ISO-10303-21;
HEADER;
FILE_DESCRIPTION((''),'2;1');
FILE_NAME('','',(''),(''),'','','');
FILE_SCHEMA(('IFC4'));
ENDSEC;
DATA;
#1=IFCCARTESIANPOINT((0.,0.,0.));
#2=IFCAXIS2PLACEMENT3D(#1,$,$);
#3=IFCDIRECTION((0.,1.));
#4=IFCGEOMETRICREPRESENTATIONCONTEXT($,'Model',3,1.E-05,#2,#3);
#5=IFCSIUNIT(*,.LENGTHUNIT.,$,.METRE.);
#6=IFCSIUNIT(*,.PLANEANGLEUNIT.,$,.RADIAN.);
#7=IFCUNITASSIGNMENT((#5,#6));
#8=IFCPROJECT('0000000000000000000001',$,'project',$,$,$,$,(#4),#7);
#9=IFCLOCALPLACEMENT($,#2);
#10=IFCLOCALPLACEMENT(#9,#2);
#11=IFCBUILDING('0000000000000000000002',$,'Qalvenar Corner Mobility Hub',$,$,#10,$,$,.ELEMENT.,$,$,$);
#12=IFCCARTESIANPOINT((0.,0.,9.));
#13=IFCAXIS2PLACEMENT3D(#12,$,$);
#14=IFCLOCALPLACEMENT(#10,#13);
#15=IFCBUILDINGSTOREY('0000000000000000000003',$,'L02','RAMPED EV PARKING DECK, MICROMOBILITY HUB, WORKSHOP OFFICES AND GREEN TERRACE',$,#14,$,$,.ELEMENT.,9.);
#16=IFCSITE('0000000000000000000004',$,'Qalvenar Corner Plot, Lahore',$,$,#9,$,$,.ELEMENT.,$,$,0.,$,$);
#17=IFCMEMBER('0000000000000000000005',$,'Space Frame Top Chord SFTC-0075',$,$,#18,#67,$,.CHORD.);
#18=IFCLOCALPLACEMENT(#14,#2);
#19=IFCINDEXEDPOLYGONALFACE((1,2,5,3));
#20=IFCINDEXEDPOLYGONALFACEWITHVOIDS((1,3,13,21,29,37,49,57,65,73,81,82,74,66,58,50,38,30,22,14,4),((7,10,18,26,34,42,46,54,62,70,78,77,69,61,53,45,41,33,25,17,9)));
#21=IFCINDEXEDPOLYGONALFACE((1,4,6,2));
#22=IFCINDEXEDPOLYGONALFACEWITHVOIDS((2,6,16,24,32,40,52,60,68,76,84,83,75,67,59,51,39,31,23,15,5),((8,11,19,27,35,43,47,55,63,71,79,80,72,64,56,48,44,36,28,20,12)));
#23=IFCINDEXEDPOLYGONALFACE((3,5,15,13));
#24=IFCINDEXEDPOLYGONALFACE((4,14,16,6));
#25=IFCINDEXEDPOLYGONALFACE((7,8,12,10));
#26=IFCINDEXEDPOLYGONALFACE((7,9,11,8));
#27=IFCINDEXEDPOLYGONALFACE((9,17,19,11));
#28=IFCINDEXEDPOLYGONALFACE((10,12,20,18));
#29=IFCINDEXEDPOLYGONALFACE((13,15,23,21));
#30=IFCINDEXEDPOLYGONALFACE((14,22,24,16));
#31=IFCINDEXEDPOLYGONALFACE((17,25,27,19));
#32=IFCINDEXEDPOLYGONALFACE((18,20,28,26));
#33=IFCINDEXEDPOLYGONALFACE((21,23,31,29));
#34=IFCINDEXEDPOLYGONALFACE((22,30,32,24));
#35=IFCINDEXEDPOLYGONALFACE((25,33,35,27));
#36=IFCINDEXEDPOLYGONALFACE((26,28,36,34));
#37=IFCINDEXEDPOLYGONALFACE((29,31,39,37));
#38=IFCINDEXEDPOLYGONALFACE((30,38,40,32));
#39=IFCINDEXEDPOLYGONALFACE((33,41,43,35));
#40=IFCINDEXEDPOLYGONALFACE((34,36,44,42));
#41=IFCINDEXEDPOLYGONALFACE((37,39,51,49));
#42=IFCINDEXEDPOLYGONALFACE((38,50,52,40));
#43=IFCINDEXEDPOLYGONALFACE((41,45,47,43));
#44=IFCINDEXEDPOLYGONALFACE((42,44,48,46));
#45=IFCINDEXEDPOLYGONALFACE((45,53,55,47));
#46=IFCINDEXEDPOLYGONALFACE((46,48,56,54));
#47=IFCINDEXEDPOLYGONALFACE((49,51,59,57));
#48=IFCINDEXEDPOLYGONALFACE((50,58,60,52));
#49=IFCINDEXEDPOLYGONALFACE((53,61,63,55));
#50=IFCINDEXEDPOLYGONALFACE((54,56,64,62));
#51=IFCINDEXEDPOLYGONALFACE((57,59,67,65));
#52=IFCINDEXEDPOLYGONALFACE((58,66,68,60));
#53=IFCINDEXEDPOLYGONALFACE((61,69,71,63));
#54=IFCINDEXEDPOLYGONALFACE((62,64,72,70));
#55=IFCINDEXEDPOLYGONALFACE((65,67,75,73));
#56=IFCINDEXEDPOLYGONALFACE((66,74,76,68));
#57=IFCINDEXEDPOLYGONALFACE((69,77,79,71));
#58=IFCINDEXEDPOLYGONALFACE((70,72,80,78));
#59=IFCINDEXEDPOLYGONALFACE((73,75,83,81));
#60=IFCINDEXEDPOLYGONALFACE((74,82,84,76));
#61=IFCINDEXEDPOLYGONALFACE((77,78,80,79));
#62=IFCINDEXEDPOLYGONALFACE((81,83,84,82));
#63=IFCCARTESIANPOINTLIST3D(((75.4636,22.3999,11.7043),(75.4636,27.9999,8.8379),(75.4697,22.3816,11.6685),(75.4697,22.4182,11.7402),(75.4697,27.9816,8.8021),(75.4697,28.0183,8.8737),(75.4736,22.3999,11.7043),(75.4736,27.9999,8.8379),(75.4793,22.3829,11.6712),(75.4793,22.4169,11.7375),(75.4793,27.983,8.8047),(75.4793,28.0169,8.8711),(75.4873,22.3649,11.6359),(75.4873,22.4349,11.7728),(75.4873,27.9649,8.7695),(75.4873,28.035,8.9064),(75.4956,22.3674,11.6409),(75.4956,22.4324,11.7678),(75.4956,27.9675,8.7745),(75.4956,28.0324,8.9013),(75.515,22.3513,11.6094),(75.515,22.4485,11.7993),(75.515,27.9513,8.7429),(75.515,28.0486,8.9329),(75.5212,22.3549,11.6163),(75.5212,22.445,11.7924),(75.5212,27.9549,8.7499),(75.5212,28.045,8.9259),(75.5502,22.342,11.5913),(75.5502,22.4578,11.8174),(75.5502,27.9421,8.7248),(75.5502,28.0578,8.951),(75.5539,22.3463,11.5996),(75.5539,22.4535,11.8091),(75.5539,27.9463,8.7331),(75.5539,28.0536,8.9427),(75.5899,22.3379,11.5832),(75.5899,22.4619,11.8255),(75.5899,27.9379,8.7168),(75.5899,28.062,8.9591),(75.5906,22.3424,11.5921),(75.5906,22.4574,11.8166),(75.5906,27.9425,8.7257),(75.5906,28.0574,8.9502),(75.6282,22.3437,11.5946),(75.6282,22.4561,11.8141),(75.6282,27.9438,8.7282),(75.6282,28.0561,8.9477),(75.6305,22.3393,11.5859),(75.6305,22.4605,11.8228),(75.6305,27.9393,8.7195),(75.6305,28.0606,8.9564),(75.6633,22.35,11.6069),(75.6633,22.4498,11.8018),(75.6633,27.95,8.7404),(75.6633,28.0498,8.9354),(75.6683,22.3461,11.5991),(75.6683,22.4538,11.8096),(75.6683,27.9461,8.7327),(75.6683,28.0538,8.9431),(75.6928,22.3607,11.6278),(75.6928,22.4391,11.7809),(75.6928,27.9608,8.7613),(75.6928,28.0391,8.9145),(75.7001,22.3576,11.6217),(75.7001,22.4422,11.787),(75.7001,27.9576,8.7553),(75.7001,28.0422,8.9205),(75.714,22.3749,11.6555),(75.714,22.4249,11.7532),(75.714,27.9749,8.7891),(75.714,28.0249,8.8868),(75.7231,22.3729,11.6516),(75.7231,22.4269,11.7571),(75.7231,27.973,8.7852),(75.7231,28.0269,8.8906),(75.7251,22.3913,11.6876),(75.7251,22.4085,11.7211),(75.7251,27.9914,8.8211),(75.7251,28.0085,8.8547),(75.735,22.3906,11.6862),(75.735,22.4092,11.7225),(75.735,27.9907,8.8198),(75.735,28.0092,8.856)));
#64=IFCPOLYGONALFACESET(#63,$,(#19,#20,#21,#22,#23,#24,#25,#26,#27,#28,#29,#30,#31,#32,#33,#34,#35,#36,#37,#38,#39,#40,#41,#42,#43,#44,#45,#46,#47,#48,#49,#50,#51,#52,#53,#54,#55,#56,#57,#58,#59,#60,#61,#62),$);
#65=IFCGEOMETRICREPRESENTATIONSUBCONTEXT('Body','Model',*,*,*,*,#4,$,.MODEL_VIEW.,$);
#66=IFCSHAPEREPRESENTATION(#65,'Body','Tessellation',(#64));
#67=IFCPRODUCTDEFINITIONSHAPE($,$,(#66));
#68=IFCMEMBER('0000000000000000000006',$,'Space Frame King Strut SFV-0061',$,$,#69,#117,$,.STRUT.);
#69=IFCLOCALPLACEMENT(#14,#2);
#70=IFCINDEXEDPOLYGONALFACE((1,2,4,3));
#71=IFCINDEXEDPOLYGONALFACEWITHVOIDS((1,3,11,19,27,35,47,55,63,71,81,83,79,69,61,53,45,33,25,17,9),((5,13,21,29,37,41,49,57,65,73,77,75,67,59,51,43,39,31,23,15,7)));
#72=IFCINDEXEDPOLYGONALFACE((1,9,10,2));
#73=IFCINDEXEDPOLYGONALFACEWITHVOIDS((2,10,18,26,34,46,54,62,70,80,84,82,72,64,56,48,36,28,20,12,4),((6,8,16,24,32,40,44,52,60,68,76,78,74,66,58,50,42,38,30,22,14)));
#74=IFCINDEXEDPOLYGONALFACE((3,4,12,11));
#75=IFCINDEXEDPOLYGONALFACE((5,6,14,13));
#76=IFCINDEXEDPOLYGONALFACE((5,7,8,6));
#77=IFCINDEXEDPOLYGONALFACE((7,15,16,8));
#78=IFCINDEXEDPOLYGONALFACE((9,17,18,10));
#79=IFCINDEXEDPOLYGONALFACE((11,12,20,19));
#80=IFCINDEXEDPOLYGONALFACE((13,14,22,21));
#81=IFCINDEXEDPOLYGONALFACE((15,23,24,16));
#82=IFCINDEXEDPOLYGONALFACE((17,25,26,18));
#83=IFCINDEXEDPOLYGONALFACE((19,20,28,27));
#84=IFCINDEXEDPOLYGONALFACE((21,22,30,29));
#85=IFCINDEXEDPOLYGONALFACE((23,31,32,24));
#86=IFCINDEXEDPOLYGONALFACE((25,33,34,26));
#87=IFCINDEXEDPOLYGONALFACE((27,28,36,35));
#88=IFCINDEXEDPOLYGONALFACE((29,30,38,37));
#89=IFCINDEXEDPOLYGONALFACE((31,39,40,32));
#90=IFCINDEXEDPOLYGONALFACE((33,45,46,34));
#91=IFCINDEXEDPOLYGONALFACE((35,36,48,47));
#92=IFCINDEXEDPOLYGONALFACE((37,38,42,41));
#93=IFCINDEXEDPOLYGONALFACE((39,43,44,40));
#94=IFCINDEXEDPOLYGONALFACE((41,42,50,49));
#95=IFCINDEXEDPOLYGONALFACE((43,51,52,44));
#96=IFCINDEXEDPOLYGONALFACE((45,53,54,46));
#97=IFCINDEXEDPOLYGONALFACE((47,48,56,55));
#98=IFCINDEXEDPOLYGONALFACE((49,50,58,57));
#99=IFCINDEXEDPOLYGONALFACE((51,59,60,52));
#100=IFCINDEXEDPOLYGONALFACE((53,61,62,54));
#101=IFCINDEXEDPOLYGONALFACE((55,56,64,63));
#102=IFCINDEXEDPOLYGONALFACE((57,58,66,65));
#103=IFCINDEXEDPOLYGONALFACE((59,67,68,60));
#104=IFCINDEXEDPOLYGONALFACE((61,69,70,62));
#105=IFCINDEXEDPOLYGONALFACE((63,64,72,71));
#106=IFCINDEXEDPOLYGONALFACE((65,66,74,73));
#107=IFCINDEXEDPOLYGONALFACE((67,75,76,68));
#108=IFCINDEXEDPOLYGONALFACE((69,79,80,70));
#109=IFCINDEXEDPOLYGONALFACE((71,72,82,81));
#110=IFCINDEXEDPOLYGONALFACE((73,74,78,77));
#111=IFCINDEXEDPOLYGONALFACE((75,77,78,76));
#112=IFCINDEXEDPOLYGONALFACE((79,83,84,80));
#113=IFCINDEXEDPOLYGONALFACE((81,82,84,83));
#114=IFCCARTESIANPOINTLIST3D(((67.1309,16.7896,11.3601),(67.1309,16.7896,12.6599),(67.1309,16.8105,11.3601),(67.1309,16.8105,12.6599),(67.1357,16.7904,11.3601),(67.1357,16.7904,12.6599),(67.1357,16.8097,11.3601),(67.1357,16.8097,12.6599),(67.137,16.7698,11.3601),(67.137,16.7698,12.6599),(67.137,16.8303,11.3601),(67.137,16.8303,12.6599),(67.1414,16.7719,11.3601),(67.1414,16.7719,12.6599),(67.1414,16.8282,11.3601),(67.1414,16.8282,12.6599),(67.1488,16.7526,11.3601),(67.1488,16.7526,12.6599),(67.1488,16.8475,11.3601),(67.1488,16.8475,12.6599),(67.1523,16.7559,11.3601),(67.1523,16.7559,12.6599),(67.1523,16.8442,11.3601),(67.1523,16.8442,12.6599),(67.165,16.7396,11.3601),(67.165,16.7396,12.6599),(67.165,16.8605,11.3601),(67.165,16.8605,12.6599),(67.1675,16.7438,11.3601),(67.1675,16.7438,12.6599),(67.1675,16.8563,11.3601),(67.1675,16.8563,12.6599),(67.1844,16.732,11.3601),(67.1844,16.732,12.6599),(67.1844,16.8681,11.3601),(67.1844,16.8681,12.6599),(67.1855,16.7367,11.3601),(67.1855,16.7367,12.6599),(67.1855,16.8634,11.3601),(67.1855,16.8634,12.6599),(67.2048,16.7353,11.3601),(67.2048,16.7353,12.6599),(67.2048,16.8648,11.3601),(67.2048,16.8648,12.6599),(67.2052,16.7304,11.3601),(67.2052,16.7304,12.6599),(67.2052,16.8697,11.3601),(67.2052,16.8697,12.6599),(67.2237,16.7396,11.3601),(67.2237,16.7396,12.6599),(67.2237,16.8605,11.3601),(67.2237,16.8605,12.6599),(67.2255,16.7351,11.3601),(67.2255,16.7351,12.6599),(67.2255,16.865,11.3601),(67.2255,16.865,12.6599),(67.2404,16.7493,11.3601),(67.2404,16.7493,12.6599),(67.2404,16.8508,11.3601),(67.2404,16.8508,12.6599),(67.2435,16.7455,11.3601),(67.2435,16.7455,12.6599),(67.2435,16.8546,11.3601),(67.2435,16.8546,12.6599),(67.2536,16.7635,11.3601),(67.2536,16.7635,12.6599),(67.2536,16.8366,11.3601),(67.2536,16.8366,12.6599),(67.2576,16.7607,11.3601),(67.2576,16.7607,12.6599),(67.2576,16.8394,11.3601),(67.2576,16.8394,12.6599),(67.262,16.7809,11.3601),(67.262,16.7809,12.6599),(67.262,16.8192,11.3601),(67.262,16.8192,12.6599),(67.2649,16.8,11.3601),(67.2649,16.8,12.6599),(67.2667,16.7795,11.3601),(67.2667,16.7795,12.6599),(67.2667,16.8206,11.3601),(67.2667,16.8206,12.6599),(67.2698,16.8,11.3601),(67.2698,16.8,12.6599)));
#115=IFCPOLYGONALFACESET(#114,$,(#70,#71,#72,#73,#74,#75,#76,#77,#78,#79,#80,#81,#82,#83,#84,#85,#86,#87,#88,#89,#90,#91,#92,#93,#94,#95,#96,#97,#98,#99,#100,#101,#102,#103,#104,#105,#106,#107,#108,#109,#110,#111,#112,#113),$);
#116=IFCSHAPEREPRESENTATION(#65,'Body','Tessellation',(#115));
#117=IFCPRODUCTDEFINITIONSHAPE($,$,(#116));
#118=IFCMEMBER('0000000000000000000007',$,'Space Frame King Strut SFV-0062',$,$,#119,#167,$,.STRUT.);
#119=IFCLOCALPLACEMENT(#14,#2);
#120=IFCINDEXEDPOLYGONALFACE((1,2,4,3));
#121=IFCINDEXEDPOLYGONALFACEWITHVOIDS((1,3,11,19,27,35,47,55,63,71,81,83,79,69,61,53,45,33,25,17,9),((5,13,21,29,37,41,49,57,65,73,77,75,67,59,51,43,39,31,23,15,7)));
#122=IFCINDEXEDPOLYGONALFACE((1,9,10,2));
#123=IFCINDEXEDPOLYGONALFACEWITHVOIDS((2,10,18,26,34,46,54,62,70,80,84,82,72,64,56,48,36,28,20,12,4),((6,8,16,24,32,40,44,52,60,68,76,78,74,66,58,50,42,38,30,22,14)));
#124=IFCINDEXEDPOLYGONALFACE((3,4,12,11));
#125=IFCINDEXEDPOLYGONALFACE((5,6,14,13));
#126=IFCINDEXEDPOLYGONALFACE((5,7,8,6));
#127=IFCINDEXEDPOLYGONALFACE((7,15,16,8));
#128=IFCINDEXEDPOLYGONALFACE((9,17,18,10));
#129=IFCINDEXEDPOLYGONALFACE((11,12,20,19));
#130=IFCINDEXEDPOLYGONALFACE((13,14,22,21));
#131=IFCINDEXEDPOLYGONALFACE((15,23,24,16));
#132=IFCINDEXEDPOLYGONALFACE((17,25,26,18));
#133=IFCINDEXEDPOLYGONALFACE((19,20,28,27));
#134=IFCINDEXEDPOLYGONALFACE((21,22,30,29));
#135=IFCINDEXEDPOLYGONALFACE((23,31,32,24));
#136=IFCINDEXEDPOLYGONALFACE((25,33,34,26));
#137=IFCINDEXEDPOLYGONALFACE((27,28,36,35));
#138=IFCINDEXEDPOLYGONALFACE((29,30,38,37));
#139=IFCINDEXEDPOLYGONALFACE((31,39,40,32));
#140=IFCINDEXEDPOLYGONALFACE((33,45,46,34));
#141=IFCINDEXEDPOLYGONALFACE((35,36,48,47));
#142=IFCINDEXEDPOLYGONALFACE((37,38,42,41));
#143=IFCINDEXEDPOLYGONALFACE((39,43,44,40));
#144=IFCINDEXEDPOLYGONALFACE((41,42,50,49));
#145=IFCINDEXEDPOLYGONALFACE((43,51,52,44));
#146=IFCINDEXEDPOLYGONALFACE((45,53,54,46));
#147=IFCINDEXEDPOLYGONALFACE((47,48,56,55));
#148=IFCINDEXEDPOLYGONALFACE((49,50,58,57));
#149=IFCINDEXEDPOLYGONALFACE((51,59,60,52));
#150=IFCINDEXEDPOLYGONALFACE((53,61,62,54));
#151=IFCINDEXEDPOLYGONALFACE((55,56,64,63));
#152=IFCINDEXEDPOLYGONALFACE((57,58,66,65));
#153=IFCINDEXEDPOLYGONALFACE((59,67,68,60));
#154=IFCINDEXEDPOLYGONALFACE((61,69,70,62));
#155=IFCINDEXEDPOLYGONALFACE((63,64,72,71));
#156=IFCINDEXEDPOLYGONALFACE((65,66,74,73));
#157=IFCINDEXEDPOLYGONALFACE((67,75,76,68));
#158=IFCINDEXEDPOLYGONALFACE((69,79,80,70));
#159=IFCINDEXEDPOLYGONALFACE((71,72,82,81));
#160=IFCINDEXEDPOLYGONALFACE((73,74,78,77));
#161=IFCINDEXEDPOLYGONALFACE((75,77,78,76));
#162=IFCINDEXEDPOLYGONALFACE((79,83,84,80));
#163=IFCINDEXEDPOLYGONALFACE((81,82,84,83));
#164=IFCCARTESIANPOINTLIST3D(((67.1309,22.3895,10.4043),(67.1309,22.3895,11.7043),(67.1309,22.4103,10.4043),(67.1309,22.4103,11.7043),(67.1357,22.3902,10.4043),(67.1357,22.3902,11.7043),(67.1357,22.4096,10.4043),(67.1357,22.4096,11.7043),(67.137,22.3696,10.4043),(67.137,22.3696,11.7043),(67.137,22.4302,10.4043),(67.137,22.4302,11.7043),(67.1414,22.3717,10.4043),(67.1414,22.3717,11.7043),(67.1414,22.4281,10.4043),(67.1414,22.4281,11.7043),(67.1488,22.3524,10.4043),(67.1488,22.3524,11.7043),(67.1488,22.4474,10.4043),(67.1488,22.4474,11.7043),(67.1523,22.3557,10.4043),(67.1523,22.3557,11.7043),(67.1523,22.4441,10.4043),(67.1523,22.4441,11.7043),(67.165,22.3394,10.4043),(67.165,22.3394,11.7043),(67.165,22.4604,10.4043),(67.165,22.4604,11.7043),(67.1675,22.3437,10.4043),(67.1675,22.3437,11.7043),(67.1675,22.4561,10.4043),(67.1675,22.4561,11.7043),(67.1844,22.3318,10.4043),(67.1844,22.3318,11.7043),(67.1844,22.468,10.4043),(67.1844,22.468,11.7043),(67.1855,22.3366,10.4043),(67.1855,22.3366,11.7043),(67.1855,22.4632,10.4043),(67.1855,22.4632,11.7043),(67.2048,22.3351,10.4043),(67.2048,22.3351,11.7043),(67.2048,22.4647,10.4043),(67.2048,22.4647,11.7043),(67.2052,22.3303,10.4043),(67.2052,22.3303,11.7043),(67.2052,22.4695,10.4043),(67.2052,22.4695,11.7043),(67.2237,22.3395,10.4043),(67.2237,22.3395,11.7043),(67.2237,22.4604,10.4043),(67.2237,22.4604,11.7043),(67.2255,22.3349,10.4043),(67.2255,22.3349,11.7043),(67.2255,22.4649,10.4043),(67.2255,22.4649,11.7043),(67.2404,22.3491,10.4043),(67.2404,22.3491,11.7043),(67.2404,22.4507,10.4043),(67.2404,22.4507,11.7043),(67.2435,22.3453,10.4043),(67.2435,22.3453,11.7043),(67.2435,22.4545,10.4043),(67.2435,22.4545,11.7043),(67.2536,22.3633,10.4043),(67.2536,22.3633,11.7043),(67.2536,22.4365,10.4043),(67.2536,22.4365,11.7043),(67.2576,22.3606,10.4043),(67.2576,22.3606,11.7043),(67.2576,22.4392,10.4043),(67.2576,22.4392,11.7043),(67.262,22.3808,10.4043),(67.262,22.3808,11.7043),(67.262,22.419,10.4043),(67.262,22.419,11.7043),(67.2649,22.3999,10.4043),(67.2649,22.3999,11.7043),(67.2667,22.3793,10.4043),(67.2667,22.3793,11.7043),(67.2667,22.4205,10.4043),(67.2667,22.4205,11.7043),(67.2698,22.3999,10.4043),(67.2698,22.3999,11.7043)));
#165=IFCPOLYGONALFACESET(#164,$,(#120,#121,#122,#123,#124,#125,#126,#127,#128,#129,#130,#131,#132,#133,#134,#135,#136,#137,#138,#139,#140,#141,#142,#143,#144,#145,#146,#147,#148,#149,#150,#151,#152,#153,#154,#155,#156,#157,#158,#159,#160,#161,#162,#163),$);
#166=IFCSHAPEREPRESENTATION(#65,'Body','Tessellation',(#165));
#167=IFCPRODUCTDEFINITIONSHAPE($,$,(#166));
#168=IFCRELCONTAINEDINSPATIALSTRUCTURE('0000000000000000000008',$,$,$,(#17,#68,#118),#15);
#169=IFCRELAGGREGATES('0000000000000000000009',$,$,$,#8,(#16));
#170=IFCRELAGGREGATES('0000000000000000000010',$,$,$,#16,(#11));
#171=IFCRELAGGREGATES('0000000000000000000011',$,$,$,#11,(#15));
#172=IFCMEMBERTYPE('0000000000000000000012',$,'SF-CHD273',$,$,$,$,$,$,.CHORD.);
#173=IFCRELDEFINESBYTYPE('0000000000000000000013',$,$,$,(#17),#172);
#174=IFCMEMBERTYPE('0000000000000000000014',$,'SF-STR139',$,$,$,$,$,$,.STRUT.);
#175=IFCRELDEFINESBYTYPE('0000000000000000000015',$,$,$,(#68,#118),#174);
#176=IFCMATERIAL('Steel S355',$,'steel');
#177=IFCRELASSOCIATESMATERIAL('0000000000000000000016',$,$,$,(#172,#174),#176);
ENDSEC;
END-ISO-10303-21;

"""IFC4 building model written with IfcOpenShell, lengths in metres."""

from ifc_helpers import new_model, si_unit, direction, frame, origin, origin_2d, place, context, subcontext, project, spatial, hollow_circle, extrude, material, material_profile, profile_set, type_object, element, save


model = new_model("IFC4")

# Units and contexts
model_context = context("Model", 3, precision=1e-05, world=origin(), true_north=direction((0.0, 1.0)))
body_context = subcontext(model_context, "Body", "Model", "MODEL_VIEW")
ifc_project = project(units=[si_unit("LENGTHUNIT", "METRE"), si_unit("PLANEANGLEUNIT", "RADIAN")], contexts=[model_context])

# Site, building, storey
site_placement = place(None, origin())
site = spatial("IfcSite", under=ifc_project, at=site_placement, Name="Qalvenar Corner Plot, Lahore", CompositionType="ELEMENT", RefElevation=0.0)
building_placement = place(site_placement, origin())
building = spatial("IfcBuilding", under=site, at=building_placement, Name="Qalvenar Corner Mobility Hub", CompositionType="ELEMENT")
storey_placement = place(building_placement, frame((0.0, 0.0, 9.0)))
storey = spatial("IfcBuildingStorey", under=building, at=storey_placement, Name="L02", Description="RAMPED EV PARKING DECK, MICROMOBILITY HUB, WORKSHOP OFFICES AND GREEN TERRACE", CompositionType="ELEMENT", Elevation=9.0)

# Members
ifc_material_1 = material(Name="Steel S355", Category="steel")
ifc_material_profile_1 = material_profile(ifc_material_1, hollow_circle(Radius=0.1365, WallThickness=0.01, at=origin_2d()), Name="CHS273x10")
ifc_profile_set_1 = profile_set([ifc_material_profile_1], Name="Steel S355")
member_type_1 = type_object("IfcMemberType", Name="SF-CHD273", PredefinedType="CHORD", material=ifc_profile_set_1)
member_1_placement = place(storey_placement, frame((75.6001, 22.3999, 11.7043), z_axis=(0.0, 0.890165, -0.455638), x_axis=(-1.0, 0.0, 0.0)))
element("IfcMember", 1, at=member_1_placement, inside=storey, type_object=member_type_1, Name="Space Frame Top Chord SFTC-0075", PredefinedType="CHORD", context=body_context, shape_type="SweptSolid", body=[
    extrude(hollow_circle(Radius=0.1365, WallThickness=0.01, at=origin_2d()), origin(), (0.0, 0.0, 1.0), 6.291),
])
ifc_material_profile_2 = material_profile(ifc_material_1, hollow_circle(Radius=0.0698, WallThickness=0.0049, at=origin_2d()), Name="CHS139.7x5")
ifc_profile_set_2 = profile_set([ifc_material_profile_2], Name="Steel S355")
member_type_2 = type_object("IfcMemberType", Name="SF-STR139", PredefinedType="STRUT", material=ifc_profile_set_2)
member_2_placement = place(storey_placement, frame((67.2, 16.8, 11.3601), z_axis=(0.0, 0.0, 1.0), x_axis=(1.0, 0.0, 0.0)))
element("IfcMember", 2, at=member_2_placement, inside=storey, type_object=member_type_2, Name="Space Frame King Strut SFV-0061", PredefinedType="STRUT", context=body_context, shape_type="SweptSolid", body=[
    extrude(hollow_circle(Radius=0.0698, WallThickness=0.0049, at=origin_2d()), origin(), (0.0, 0.0, 1.0), 1.2998),
])
member_3_placement = place(storey_placement, frame((67.2, 22.3999, 10.4043), z_axis=(0.0, 0.0, 1.0), x_axis=(1.0, 0.0, 0.0)))
element("IfcMember", 3, at=member_3_placement, inside=storey, type_object=member_type_2, Name="Space Frame King Strut SFV-0062", PredefinedType="STRUT", context=body_context, shape_type="SweptSolid", body=[
    extrude(hollow_circle(Radius=0.0698, WallThickness=0.0049, at=origin_2d()), origin(), (0.0, 0.0, 1.0), 1.3),
])

save(model, "model.ifc")
